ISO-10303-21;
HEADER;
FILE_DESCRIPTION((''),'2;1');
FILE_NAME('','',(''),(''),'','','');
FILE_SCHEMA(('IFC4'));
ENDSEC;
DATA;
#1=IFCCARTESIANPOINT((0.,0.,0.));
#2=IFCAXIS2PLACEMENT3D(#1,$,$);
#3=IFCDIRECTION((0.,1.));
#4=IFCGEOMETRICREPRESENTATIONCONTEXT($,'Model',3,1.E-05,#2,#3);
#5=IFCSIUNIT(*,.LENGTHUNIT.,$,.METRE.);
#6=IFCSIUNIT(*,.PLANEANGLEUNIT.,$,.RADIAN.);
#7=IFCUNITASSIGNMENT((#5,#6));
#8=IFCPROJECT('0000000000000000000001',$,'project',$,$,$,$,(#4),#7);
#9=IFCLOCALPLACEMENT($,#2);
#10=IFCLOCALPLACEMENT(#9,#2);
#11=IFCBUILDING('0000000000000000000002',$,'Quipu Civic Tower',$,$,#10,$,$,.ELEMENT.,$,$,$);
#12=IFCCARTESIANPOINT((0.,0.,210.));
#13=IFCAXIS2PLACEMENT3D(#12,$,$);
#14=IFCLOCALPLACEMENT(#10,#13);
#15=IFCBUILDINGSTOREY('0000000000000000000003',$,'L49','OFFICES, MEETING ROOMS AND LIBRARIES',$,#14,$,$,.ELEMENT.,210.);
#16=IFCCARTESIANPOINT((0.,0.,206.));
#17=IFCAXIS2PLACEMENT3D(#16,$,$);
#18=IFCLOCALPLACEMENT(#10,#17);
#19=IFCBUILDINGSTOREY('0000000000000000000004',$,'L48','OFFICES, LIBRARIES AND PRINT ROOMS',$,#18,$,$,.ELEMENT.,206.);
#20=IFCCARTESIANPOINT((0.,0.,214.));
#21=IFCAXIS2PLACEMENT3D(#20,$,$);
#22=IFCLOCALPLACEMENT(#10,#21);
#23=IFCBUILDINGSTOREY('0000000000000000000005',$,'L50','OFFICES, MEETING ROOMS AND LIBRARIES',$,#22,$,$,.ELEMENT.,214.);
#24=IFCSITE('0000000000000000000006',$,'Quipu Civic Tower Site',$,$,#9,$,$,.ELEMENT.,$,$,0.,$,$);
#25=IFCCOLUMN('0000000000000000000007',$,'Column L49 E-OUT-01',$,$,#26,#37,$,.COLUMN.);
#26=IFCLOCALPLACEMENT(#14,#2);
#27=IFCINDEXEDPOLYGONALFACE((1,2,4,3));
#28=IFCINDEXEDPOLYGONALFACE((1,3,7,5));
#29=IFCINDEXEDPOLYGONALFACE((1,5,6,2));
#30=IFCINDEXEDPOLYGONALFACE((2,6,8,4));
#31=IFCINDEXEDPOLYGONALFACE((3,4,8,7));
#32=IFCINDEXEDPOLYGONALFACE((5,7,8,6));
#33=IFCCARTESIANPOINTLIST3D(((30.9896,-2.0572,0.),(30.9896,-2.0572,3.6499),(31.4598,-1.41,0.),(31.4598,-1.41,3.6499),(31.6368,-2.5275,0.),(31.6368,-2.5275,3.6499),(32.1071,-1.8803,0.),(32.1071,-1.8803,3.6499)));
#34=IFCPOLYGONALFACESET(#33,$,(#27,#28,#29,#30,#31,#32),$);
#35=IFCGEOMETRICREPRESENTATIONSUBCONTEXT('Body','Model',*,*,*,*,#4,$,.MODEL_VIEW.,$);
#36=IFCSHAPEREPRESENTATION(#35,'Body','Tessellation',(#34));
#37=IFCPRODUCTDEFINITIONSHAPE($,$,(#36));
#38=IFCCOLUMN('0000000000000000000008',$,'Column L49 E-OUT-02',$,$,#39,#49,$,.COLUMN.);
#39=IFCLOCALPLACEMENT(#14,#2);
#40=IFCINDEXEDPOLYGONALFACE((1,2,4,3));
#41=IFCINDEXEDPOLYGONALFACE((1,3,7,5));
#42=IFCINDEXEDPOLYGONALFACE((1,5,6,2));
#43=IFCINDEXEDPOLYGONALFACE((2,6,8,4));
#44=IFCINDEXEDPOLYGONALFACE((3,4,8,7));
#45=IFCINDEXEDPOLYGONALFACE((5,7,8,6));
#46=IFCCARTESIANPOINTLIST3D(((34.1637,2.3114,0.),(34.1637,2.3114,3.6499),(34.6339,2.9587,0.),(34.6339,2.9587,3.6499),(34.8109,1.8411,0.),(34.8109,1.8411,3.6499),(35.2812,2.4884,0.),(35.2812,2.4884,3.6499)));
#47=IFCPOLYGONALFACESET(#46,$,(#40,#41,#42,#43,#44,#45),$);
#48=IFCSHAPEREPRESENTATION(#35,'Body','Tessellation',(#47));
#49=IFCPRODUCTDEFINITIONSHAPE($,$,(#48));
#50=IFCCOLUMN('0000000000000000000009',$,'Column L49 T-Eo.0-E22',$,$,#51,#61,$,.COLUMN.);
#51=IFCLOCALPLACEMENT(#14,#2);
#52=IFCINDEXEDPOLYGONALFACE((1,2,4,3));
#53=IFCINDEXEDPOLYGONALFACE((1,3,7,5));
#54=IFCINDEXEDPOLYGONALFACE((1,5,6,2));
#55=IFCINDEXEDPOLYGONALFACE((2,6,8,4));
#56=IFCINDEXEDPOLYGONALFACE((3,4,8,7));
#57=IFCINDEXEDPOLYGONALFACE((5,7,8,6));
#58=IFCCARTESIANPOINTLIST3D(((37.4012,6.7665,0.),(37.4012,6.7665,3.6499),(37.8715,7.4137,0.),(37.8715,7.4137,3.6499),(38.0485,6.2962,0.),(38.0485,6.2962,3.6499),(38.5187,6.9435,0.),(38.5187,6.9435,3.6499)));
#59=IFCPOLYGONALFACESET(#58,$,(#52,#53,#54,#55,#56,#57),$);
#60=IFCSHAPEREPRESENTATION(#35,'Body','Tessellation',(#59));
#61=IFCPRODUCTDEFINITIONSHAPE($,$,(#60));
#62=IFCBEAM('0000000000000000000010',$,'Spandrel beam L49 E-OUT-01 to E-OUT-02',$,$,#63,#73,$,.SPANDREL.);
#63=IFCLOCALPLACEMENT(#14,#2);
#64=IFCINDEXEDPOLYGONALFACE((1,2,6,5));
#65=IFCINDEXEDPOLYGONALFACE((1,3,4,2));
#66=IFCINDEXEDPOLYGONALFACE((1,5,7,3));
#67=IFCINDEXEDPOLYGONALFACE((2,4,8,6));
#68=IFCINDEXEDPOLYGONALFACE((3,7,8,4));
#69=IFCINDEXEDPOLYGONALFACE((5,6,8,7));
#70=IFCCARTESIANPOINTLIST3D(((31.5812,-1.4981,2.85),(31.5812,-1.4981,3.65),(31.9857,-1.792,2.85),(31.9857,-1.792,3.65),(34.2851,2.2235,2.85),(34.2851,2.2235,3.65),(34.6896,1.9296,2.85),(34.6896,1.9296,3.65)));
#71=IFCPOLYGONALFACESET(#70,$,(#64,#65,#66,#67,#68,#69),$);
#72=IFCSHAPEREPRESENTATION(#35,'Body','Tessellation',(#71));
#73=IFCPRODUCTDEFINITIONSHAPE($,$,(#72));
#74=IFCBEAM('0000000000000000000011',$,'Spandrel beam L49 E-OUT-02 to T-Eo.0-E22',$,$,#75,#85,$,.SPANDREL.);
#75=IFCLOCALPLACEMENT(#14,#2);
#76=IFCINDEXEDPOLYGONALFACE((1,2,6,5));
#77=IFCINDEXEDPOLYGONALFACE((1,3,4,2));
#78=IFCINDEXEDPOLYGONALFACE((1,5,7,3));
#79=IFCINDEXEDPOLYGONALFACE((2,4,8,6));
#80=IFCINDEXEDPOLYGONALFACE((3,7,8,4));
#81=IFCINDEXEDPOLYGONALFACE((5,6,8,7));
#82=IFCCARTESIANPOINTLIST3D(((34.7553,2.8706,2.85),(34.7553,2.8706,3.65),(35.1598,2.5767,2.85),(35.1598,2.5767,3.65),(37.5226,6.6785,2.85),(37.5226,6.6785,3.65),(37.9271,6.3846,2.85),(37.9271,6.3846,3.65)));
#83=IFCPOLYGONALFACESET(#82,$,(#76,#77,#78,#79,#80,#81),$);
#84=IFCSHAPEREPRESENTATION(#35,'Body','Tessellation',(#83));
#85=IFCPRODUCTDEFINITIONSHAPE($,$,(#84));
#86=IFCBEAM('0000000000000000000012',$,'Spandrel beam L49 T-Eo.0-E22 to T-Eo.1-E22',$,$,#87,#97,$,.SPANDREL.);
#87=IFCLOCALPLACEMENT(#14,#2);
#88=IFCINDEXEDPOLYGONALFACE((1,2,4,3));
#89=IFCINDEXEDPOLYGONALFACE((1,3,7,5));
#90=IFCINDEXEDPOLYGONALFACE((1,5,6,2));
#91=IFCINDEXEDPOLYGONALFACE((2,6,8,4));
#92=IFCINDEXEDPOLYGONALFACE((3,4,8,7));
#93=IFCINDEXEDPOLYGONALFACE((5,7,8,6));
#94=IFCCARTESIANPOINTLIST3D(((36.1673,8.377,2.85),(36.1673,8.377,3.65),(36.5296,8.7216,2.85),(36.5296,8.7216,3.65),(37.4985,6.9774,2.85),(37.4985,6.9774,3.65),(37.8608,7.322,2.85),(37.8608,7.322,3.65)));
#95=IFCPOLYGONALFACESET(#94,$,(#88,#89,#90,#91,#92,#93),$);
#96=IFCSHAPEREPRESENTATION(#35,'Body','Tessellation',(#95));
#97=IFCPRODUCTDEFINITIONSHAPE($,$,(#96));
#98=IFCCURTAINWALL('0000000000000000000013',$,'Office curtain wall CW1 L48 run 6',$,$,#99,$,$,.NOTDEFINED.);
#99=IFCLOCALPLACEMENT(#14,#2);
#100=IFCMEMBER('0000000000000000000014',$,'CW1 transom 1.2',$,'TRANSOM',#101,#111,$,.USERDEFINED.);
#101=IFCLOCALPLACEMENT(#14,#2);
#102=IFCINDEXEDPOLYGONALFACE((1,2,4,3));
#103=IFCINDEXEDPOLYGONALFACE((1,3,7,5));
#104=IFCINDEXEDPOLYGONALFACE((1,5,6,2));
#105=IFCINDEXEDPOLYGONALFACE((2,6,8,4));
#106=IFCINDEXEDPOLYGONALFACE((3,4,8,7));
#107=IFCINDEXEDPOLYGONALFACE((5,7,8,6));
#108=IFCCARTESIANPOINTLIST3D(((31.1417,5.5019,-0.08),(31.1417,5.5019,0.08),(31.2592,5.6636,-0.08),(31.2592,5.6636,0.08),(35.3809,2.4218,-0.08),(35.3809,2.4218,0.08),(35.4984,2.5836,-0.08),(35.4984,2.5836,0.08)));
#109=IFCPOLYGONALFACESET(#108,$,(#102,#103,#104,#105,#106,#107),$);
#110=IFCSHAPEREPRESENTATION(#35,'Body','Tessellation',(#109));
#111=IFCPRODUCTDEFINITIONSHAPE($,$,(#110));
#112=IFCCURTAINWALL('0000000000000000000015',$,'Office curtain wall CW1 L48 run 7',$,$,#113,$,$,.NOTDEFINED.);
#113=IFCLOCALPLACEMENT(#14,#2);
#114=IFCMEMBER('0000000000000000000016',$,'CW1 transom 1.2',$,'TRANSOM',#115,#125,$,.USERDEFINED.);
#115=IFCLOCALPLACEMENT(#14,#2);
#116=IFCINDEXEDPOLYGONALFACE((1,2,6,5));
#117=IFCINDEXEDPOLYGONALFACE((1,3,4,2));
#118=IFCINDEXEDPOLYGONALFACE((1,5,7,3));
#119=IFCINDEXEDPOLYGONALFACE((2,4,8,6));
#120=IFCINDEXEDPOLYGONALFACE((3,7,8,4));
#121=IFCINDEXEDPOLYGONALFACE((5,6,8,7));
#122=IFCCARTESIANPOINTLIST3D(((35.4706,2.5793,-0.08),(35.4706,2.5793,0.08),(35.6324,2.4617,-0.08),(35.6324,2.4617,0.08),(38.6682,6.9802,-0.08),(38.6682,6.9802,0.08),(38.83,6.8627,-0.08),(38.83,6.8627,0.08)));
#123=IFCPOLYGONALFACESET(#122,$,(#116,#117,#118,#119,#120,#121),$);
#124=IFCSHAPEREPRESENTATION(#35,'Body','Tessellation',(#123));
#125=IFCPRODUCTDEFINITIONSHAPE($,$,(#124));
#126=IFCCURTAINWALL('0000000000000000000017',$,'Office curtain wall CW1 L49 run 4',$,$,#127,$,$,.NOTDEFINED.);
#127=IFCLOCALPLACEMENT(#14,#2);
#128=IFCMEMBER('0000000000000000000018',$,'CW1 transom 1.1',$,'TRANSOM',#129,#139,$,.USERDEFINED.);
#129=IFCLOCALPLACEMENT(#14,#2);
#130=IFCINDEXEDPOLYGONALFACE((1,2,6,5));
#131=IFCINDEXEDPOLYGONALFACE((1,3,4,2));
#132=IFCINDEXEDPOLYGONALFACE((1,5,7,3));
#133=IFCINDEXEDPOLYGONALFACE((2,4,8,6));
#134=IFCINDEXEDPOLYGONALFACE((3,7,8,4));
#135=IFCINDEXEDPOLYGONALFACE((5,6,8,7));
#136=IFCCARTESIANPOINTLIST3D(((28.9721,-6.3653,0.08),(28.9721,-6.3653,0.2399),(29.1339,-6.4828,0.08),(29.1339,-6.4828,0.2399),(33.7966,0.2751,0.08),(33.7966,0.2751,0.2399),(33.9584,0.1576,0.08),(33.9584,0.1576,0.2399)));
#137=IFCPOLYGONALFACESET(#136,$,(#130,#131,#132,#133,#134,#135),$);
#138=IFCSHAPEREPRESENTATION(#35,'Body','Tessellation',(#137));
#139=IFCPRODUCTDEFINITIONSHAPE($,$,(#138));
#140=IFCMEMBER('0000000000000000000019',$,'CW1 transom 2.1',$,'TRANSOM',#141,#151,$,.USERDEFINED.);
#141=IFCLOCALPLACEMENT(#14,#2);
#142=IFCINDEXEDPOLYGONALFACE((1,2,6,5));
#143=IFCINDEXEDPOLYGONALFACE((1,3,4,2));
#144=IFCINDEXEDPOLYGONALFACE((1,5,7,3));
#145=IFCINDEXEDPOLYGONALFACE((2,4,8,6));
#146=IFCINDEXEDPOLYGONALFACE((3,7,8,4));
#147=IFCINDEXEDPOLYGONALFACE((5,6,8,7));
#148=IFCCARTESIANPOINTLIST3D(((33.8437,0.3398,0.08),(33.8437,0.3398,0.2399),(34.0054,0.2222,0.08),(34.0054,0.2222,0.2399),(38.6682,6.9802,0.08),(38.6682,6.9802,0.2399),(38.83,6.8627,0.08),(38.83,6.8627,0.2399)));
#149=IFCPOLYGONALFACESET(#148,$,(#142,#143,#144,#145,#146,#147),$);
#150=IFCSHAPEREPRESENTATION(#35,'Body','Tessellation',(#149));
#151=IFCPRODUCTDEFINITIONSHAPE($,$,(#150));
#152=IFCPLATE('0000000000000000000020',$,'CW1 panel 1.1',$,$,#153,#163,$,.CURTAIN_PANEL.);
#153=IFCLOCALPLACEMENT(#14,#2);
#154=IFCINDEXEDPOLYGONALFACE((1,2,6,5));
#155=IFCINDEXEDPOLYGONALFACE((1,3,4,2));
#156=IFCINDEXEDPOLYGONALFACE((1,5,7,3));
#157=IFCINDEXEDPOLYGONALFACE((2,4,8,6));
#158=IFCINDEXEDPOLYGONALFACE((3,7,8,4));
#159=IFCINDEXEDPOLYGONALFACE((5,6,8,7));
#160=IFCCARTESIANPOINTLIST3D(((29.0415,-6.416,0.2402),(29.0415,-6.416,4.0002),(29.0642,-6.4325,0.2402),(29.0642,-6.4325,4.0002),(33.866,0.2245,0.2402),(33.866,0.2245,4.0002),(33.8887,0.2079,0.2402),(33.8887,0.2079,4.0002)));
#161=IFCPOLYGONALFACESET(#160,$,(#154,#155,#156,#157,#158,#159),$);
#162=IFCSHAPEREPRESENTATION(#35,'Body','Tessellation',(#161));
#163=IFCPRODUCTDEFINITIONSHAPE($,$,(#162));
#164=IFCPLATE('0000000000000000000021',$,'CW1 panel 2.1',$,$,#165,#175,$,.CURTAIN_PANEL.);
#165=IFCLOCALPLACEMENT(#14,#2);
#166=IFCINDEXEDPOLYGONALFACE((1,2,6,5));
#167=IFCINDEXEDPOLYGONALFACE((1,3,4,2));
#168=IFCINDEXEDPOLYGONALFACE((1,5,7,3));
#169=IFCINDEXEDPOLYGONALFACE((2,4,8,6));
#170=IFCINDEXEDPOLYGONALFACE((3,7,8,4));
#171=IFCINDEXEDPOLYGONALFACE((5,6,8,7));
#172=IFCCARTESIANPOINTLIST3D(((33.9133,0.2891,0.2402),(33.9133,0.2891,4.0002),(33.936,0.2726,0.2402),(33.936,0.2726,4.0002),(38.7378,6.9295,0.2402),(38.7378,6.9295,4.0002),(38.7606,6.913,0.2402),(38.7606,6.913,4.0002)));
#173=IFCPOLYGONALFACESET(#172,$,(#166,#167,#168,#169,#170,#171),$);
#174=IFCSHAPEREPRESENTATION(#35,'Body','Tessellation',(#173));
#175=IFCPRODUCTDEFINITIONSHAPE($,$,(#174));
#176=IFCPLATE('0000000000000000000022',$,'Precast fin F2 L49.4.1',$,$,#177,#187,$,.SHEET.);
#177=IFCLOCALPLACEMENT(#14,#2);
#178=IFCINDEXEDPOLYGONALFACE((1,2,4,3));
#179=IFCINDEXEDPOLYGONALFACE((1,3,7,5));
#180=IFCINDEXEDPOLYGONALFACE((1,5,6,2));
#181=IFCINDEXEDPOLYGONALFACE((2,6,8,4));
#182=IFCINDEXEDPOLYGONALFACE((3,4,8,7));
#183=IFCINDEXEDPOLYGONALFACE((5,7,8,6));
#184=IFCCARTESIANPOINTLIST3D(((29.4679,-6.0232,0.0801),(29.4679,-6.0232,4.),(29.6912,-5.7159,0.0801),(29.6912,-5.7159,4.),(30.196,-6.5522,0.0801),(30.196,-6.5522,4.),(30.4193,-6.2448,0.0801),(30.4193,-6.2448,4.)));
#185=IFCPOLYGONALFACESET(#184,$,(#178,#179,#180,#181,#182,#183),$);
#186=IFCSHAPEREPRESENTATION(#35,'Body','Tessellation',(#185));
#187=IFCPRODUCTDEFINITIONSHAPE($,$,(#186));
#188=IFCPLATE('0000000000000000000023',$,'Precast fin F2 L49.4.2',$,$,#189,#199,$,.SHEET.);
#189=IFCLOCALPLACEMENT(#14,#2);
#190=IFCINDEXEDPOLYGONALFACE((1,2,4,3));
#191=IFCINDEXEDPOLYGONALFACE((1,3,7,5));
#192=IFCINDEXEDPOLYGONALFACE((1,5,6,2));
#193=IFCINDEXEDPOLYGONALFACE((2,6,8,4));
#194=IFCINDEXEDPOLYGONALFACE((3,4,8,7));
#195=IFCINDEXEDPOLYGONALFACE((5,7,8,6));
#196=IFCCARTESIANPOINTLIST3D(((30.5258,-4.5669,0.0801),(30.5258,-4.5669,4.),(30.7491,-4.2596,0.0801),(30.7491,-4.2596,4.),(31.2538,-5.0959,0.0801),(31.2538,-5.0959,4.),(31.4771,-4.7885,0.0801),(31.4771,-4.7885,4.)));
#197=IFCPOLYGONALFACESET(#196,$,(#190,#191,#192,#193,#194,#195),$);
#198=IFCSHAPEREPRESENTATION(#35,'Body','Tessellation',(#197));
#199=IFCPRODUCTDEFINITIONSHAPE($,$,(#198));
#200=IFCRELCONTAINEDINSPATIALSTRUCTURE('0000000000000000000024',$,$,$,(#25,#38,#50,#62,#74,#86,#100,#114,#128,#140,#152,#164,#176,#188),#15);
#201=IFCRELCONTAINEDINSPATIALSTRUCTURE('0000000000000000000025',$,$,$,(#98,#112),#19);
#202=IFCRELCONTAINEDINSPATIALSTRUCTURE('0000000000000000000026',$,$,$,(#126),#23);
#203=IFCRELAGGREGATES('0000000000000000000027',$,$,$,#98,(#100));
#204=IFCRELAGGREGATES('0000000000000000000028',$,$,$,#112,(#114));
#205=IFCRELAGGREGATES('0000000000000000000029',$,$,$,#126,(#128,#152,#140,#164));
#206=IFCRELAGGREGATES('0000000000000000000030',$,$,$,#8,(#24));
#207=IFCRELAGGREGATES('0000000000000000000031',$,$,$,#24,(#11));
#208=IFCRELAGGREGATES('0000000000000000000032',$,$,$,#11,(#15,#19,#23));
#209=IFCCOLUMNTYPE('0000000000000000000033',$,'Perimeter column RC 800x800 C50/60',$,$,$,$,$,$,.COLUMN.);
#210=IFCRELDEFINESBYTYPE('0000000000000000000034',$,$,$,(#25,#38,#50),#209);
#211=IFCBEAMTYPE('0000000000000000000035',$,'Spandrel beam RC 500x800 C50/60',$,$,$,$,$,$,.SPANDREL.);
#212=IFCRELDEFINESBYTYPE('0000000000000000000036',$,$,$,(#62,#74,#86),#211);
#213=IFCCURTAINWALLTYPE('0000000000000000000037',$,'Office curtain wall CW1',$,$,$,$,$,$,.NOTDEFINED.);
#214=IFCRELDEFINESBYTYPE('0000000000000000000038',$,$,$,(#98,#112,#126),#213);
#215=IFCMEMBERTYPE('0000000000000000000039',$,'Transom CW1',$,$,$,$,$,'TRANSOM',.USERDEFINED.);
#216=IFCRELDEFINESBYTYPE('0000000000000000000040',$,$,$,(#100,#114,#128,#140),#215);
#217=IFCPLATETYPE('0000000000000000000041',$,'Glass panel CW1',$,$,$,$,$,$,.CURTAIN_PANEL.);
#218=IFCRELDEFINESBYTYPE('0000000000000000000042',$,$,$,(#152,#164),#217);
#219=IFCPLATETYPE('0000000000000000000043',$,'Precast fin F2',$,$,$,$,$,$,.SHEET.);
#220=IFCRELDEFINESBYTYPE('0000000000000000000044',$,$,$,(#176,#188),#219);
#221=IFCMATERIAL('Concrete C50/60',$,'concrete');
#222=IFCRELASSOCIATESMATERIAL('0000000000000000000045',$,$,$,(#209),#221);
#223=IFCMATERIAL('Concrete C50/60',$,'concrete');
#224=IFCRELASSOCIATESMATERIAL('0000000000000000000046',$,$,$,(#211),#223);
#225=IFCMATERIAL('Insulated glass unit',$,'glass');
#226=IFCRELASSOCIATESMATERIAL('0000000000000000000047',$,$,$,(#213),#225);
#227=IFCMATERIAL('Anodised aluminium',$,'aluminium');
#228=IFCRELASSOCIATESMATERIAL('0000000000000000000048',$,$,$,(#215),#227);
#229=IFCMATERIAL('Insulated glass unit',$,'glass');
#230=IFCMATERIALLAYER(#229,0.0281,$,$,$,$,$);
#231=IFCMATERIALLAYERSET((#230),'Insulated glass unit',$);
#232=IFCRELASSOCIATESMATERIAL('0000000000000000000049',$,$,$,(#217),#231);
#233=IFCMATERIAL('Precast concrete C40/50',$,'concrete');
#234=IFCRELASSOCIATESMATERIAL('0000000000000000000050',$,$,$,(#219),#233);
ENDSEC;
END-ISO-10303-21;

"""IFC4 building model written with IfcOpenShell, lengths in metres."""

from ifc_helpers import new_model, si_unit, direction, frame, origin, origin_2d, place, context, subcontext, project, spatial, rectangle, extrude, material, layer, layer_set, material_profile, profile_set, type_object, element, aggregate, save


model = new_model("IFC4")

# Units and contexts
model_context = context("Model", 3, precision=1e-05, world=origin(), true_north=direction((0.0, 1.0)))
body_context = subcontext(model_context, "Body", "Model", "MODEL_VIEW")
ifc_project = project(units=[si_unit("LENGTHUNIT", "METRE"), si_unit("PLANEANGLEUNIT", "RADIAN")], contexts=[model_context])

# Site, building, storey
site_placement = place(None, origin())
site = spatial("IfcSite", under=ifc_project, at=site_placement, Name="Quipu Civic Tower Site", CompositionType="ELEMENT", RefElevation=0.0)
building_placement = place(site_placement, origin())
building = spatial("IfcBuilding", under=site, at=building_placement, Name="Quipu Civic Tower", CompositionType="ELEMENT")
storey_1_placement = place(building_placement, frame((0.0, 0.0, 210.0)))
storey_1 = spatial("IfcBuildingStorey", under=building, at=storey_1_placement, Name="L49", Description="OFFICES, MEETING ROOMS AND LIBRARIES", CompositionType="ELEMENT", Elevation=210.0)

# Columns
ifc_material_1 = material(Name="Concrete C50/60", Category="concrete")
ifc_material_profile_1 = material_profile(ifc_material_1, rectangle(XDim=0.8, YDim=0.8, at=origin_2d()), Name="RC800x800")
ifc_profile_set_1 = profile_set([ifc_material_profile_1], Name="Concrete C50/60")
column_type = type_object("IfcColumnType", Name="Perimeter column RC 800x800 C50/60", PredefinedType="COLUMN", material=ifc_profile_set_1)
for number, where, z_axis, x_axis, name in (
    (1, (31.5483, -1.9688, 0.0), (0.0, 0.0, 1.0), (0.587785, 0.809017, 0.0), "Column L49 E-OUT-01"),
    (2, (34.7224, 2.3999, 0.0), (0.0, 0.0, 1.0), (0.587785, 0.809017, 0.0), "Column L49 E-OUT-02"),
    (3, (37.96, 6.855, 0.0), (0.0, 0.0, 1.0), (0.587785, 0.809017, 0.0), "Column L49 T-Eo.0-E22"),
):
    element("IfcColumn", number, at=place(storey_1_placement, frame(where, z_axis=z_axis, x_axis=x_axis)), inside=storey_1, type_object=column_type, Name=name, PredefinedType="COLUMN", context=body_context, shape_type="SweptSolid", body=[
        extrude(rectangle(XDim=0.8, YDim=0.8, at=origin_2d()), origin(), (0.0, 0.0, 1.0), 3.6499),
    ])

# Beams
ifc_material_2 = material(Name="Concrete C50/60", Category="concrete")
ifc_material_profile_2 = material_profile(ifc_material_2, rectangle(XDim=0.5, YDim=0.8, at=origin_2d()), Name="RC500x800")
ifc_profile_set_2 = profile_set([ifc_material_profile_2], Name="Concrete C50/60")
beam_type = type_object("IfcBeamType", Name="Spandrel beam RC 500x800 C50/60", PredefinedType="SPANDREL", material=ifc_profile_set_2)
beam_1_placement = place(storey_1_placement, frame((31.7834, -1.645, 3.25), z_axis=(0.587796, 0.809009, 0.0), x_axis=(-0.809009, 0.587796, 0.0)))
element("IfcBeam", 4, at=beam_1_placement, inside=storey_1, type_object=beam_type, Name="Spandrel beam L49 E-OUT-01 to E-OUT-02", PredefinedType="SPANDREL", context=body_context, shape_type="SweptSolid", body=[
    extrude(rectangle(XDim=0.5, YDim=0.8, at=origin_2d()), origin(), (0.0, 0.0, 1.0), 4.6001),
])
beam_2_placement = place(storey_1_placement, frame((34.9575, 2.7236, 3.25), z_axis=(0.587891, 0.80894, 0.0), x_axis=(-0.80894, 0.587891, 0.0)))
element("IfcBeam", 5, at=beam_2_placement, inside=storey_1, type_object=beam_type, Name="Spandrel beam L49 E-OUT-02 to T-Eo.0-E22", PredefinedType="SPANDREL", context=body_context, shape_type="SweptSolid", body=[
    extrude(rectangle(XDim=0.5, YDim=0.8, at=origin_2d()), origin(), (0.0, 0.0, 1.0), 4.7073),
])
beam_3_placement = place(storey_1_placement, frame((37.6797, 7.1497, 3.25), z_axis=(-0.689191, 0.72458, 0.0), x_axis=(-0.72458, -0.689191, 0.0)))
element("IfcBeam", 6, at=beam_3_placement, inside=storey_1, type_object=beam_type, Name="Spandrel beam L49 T-Eo.0-E22 to T-Eo.1-E22", PredefinedType="SPANDREL", context=body_context, shape_type="SweptSolid", body=[
    extrude(rectangle(XDim=0.5, YDim=0.8, at=origin_2d()), origin(), (0.0, 0.0, 1.0), 1.9316),
])

# Shared definitions
storey_2_placement = place(building_placement, frame((0.0, 0.0, 206.0)))
storey_2 = spatial("IfcBuildingStorey", under=building, at=storey_2_placement, Name="L48", Description="OFFICES, LIBRARIES AND PRINT ROOMS", CompositionType="ELEMENT", Elevation=206.0)

# Curtain walls, members
ifc_material_3 = material(Name="Insulated glass unit", Category="glass")
curtain_wall_type = type_object("IfcCurtainWallType", Name="Office curtain wall CW1", PredefinedType="NOTDEFINED", material=ifc_material_3)
curtain_wall_1_placement = place(storey_2_placement, origin())
curtain_wall_1 = element("IfcCurtainWall", 7, at=curtain_wall_1_placement, inside=storey_2, type_object=curtain_wall_type, Name="Office curtain wall CW1 L48 run 6", PredefinedType="NOTDEFINED")
ifc_material_4 = material(Name="Anodised aluminium", Category="aluminium")
ifc_material_profile_3 = material_profile(ifc_material_4, rectangle(XDim=0.2, YDim=0.1599, at=origin_2d()), Name="RECT 200x160")
ifc_profile_set_3 = profile_set([ifc_material_profile_3], Name="Anodised aluminium")
member_type = type_object("IfcMemberType", Name="Transom CW1", ElementType="TRANSOM", PredefinedType="USERDEFINED", material=ifc_profile_set_3)
member_1_placement = place(storey_1_placement, frame((31.2004, 5.5828, 0.0), z_axis=(0.80901, -0.587795, 0.0), x_axis=(0.587795, 0.80901, 0.0)))
member_1 = element("IfcMember", 8, at=member_1_placement, inside=storey_1, type_object=member_type, Name="CW1 transom 1.2", ObjectType="TRANSOM", PredefinedType="USERDEFINED", context=body_context, shape_type="SweptSolid", body=[
    extrude(rectangle(XDim=0.2, YDim=0.1599, at=origin_2d()), origin(), (0.0, 0.0, 1.0), 5.24),
])
aggregate(curtain_wall_1, [member_1])
curtain_wall_2_placement = place(storey_2_placement, origin())
curtain_wall_2 = element("IfcCurtainWall", 9, at=curtain_wall_2_placement, inside=storey_2, type_object=curtain_wall_type, Name="Office curtain wall CW1 L48 run 7", PredefinedType="NOTDEFINED")
member_2_placement = place(storey_1_placement, frame((35.5515, 2.5205, 0.0), z_axis=(0.587795, 0.80901, 0.0), x_axis=(-0.80901, 0.587795, 0.0)))
member_2 = element("IfcMember", 10, at=member_2_placement, inside=storey_1, type_object=member_type, Name="CW1 transom 1.2", ObjectType="TRANSOM", PredefinedType="USERDEFINED", context=body_context, shape_type="SweptSolid", body=[
    extrude(rectangle(XDim=0.2, YDim=0.1599, at=origin_2d()), origin(), (0.0, 0.0, 1.0), 5.4399),
])
aggregate(curtain_wall_2, [member_2])

# Shared definitions
storey_3_placement = place(building_placement, frame((0.0, 0.0, 214.0)))
storey_3 = spatial("IfcBuildingStorey", under=building, at=storey_3_placement, Name="L50", Description="OFFICES, MEETING ROOMS AND LIBRARIES", CompositionType="ELEMENT", Elevation=214.0)

# Curtain wall, members, plates
curtain_wall_3_placement = place(storey_3_placement, origin())
curtain_wall_3 = element("IfcCurtainWall", 11, at=curtain_wall_3_placement, inside=storey_3, type_object=curtain_wall_type, Name="Office curtain wall CW1 L49 run 4", PredefinedType="NOTDEFINED")
member_3_placement = place(storey_1_placement, frame((29.053, -6.4241, 0.1599), z_axis=(0.587781, 0.80902, 0.0), x_axis=(-0.80902, 0.587781, 0.0)))
member_3 = element("IfcMember", 12, at=member_3_placement, inside=storey_1, type_object=member_type, Name="CW1 transom 1.1", ObjectType="TRANSOM", PredefinedType="USERDEFINED", context=body_context, shape_type="SweptSolid", body=[
    extrude(rectangle(XDim=0.2, YDim=0.1599, at=origin_2d()), origin(), (0.0, 0.0, 1.0), 8.208),
])
member_4_placement = place(storey_1_placement, frame((33.9246, 0.281, 0.1599), z_axis=(0.587781, 0.80902, 0.0), x_axis=(-0.80902, 0.587781, 0.0)))
member_4 = element("IfcMember", 13, at=member_4_placement, inside=storey_1, type_object=member_type, Name="CW1 transom 2.1", ObjectType="TRANSOM", PredefinedType="USERDEFINED", context=body_context, shape_type="SweptSolid", body=[
    extrude(rectangle(XDim=0.2, YDim=0.1599, at=origin_2d()), origin(), (0.0, 0.0, 1.0), 8.208),
])
ifc_material_5 = material(Name="Insulated glass unit", Category="glass")
ifc_layer_1 = layer(ifc_material_5, 0.0281)
ifc_layer_set_1 = layer_set([ifc_layer_1], Name="Insulated glass unit")
plate_type_1 = type_object("IfcPlateType", Name="Glass panel CW1", PredefinedType="CURTAIN_PANEL", material=ifc_layer_set_1)
plate_1_placement = place(storey_1_placement, frame((31.4651, -3.104, 0.2402), z_axis=(0.0, 0.0, 1.0), x_axis=(0.587787, 0.809016, 0.0)))
plate_1 = element("IfcPlate", 14, at=plate_1_placement, inside=storey_1, type_object=plate_type_1, Name="CW1 panel 1.1", PredefinedType="CURTAIN_PANEL", context=body_context, shape_type="SweptSolid", body=[
    extrude(rectangle(XDim=8.208, YDim=0.0281, at=origin_2d()), origin(), (0.0, 0.0, 1.0), 3.76),
])
plate_2_placement = place(storey_1_placement, frame((36.3369, 3.6011, 0.2402), z_axis=(0.0, 0.0, 1.0), x_axis=(0.587787, 0.809016, 0.0)))
plate_2 = element("IfcPlate", 15, at=plate_2_placement, inside=storey_1, type_object=plate_type_1, Name="CW1 panel 2.1", PredefinedType="CURTAIN_PANEL", context=body_context, shape_type="SweptSolid", body=[
    extrude(rectangle(XDim=8.208, YDim=0.0281, at=origin_2d()), origin(), (0.0, 0.0, 1.0), 3.76),
])
aggregate(curtain_wall_3, [member_3, plate_1, member_4, plate_2])

# Plates
ifc_material_6 = material(Name="Precast concrete C40/50", Category="concrete")
plate_type_2 = type_object("IfcPlateType", Name="Precast fin F2", PredefinedType="SHEET", material=ifc_material_6)
for number, where, z_axis, x_axis, name in (
    (16, (29.9436, -6.134, 0.0801), (0.0, 0.0, 1.0), (0.587787, 0.809016, 0.0), "Precast fin F2 L49.4.1"),
    (17, (31.0015, -4.6777, 0.0801), (0.0, 0.0, 1.0), (0.587787, 0.809016, 0.0), "Precast fin F2 L49.4.2"),
):
    element("IfcPlate", number, at=place(storey_1_placement, frame(where, z_axis=z_axis, x_axis=x_axis)), inside=storey_1, type_object=plate_type_2, Name=name, PredefinedType="SHEET", context=body_context, shape_type="SweptSolid", body=[
        extrude(rectangle(XDim=0.3799, YDim=0.8999, at=origin_2d()), origin(), (0.0, 0.0, 1.0), 3.9199),
    ])

save(model, "model.ifc")
